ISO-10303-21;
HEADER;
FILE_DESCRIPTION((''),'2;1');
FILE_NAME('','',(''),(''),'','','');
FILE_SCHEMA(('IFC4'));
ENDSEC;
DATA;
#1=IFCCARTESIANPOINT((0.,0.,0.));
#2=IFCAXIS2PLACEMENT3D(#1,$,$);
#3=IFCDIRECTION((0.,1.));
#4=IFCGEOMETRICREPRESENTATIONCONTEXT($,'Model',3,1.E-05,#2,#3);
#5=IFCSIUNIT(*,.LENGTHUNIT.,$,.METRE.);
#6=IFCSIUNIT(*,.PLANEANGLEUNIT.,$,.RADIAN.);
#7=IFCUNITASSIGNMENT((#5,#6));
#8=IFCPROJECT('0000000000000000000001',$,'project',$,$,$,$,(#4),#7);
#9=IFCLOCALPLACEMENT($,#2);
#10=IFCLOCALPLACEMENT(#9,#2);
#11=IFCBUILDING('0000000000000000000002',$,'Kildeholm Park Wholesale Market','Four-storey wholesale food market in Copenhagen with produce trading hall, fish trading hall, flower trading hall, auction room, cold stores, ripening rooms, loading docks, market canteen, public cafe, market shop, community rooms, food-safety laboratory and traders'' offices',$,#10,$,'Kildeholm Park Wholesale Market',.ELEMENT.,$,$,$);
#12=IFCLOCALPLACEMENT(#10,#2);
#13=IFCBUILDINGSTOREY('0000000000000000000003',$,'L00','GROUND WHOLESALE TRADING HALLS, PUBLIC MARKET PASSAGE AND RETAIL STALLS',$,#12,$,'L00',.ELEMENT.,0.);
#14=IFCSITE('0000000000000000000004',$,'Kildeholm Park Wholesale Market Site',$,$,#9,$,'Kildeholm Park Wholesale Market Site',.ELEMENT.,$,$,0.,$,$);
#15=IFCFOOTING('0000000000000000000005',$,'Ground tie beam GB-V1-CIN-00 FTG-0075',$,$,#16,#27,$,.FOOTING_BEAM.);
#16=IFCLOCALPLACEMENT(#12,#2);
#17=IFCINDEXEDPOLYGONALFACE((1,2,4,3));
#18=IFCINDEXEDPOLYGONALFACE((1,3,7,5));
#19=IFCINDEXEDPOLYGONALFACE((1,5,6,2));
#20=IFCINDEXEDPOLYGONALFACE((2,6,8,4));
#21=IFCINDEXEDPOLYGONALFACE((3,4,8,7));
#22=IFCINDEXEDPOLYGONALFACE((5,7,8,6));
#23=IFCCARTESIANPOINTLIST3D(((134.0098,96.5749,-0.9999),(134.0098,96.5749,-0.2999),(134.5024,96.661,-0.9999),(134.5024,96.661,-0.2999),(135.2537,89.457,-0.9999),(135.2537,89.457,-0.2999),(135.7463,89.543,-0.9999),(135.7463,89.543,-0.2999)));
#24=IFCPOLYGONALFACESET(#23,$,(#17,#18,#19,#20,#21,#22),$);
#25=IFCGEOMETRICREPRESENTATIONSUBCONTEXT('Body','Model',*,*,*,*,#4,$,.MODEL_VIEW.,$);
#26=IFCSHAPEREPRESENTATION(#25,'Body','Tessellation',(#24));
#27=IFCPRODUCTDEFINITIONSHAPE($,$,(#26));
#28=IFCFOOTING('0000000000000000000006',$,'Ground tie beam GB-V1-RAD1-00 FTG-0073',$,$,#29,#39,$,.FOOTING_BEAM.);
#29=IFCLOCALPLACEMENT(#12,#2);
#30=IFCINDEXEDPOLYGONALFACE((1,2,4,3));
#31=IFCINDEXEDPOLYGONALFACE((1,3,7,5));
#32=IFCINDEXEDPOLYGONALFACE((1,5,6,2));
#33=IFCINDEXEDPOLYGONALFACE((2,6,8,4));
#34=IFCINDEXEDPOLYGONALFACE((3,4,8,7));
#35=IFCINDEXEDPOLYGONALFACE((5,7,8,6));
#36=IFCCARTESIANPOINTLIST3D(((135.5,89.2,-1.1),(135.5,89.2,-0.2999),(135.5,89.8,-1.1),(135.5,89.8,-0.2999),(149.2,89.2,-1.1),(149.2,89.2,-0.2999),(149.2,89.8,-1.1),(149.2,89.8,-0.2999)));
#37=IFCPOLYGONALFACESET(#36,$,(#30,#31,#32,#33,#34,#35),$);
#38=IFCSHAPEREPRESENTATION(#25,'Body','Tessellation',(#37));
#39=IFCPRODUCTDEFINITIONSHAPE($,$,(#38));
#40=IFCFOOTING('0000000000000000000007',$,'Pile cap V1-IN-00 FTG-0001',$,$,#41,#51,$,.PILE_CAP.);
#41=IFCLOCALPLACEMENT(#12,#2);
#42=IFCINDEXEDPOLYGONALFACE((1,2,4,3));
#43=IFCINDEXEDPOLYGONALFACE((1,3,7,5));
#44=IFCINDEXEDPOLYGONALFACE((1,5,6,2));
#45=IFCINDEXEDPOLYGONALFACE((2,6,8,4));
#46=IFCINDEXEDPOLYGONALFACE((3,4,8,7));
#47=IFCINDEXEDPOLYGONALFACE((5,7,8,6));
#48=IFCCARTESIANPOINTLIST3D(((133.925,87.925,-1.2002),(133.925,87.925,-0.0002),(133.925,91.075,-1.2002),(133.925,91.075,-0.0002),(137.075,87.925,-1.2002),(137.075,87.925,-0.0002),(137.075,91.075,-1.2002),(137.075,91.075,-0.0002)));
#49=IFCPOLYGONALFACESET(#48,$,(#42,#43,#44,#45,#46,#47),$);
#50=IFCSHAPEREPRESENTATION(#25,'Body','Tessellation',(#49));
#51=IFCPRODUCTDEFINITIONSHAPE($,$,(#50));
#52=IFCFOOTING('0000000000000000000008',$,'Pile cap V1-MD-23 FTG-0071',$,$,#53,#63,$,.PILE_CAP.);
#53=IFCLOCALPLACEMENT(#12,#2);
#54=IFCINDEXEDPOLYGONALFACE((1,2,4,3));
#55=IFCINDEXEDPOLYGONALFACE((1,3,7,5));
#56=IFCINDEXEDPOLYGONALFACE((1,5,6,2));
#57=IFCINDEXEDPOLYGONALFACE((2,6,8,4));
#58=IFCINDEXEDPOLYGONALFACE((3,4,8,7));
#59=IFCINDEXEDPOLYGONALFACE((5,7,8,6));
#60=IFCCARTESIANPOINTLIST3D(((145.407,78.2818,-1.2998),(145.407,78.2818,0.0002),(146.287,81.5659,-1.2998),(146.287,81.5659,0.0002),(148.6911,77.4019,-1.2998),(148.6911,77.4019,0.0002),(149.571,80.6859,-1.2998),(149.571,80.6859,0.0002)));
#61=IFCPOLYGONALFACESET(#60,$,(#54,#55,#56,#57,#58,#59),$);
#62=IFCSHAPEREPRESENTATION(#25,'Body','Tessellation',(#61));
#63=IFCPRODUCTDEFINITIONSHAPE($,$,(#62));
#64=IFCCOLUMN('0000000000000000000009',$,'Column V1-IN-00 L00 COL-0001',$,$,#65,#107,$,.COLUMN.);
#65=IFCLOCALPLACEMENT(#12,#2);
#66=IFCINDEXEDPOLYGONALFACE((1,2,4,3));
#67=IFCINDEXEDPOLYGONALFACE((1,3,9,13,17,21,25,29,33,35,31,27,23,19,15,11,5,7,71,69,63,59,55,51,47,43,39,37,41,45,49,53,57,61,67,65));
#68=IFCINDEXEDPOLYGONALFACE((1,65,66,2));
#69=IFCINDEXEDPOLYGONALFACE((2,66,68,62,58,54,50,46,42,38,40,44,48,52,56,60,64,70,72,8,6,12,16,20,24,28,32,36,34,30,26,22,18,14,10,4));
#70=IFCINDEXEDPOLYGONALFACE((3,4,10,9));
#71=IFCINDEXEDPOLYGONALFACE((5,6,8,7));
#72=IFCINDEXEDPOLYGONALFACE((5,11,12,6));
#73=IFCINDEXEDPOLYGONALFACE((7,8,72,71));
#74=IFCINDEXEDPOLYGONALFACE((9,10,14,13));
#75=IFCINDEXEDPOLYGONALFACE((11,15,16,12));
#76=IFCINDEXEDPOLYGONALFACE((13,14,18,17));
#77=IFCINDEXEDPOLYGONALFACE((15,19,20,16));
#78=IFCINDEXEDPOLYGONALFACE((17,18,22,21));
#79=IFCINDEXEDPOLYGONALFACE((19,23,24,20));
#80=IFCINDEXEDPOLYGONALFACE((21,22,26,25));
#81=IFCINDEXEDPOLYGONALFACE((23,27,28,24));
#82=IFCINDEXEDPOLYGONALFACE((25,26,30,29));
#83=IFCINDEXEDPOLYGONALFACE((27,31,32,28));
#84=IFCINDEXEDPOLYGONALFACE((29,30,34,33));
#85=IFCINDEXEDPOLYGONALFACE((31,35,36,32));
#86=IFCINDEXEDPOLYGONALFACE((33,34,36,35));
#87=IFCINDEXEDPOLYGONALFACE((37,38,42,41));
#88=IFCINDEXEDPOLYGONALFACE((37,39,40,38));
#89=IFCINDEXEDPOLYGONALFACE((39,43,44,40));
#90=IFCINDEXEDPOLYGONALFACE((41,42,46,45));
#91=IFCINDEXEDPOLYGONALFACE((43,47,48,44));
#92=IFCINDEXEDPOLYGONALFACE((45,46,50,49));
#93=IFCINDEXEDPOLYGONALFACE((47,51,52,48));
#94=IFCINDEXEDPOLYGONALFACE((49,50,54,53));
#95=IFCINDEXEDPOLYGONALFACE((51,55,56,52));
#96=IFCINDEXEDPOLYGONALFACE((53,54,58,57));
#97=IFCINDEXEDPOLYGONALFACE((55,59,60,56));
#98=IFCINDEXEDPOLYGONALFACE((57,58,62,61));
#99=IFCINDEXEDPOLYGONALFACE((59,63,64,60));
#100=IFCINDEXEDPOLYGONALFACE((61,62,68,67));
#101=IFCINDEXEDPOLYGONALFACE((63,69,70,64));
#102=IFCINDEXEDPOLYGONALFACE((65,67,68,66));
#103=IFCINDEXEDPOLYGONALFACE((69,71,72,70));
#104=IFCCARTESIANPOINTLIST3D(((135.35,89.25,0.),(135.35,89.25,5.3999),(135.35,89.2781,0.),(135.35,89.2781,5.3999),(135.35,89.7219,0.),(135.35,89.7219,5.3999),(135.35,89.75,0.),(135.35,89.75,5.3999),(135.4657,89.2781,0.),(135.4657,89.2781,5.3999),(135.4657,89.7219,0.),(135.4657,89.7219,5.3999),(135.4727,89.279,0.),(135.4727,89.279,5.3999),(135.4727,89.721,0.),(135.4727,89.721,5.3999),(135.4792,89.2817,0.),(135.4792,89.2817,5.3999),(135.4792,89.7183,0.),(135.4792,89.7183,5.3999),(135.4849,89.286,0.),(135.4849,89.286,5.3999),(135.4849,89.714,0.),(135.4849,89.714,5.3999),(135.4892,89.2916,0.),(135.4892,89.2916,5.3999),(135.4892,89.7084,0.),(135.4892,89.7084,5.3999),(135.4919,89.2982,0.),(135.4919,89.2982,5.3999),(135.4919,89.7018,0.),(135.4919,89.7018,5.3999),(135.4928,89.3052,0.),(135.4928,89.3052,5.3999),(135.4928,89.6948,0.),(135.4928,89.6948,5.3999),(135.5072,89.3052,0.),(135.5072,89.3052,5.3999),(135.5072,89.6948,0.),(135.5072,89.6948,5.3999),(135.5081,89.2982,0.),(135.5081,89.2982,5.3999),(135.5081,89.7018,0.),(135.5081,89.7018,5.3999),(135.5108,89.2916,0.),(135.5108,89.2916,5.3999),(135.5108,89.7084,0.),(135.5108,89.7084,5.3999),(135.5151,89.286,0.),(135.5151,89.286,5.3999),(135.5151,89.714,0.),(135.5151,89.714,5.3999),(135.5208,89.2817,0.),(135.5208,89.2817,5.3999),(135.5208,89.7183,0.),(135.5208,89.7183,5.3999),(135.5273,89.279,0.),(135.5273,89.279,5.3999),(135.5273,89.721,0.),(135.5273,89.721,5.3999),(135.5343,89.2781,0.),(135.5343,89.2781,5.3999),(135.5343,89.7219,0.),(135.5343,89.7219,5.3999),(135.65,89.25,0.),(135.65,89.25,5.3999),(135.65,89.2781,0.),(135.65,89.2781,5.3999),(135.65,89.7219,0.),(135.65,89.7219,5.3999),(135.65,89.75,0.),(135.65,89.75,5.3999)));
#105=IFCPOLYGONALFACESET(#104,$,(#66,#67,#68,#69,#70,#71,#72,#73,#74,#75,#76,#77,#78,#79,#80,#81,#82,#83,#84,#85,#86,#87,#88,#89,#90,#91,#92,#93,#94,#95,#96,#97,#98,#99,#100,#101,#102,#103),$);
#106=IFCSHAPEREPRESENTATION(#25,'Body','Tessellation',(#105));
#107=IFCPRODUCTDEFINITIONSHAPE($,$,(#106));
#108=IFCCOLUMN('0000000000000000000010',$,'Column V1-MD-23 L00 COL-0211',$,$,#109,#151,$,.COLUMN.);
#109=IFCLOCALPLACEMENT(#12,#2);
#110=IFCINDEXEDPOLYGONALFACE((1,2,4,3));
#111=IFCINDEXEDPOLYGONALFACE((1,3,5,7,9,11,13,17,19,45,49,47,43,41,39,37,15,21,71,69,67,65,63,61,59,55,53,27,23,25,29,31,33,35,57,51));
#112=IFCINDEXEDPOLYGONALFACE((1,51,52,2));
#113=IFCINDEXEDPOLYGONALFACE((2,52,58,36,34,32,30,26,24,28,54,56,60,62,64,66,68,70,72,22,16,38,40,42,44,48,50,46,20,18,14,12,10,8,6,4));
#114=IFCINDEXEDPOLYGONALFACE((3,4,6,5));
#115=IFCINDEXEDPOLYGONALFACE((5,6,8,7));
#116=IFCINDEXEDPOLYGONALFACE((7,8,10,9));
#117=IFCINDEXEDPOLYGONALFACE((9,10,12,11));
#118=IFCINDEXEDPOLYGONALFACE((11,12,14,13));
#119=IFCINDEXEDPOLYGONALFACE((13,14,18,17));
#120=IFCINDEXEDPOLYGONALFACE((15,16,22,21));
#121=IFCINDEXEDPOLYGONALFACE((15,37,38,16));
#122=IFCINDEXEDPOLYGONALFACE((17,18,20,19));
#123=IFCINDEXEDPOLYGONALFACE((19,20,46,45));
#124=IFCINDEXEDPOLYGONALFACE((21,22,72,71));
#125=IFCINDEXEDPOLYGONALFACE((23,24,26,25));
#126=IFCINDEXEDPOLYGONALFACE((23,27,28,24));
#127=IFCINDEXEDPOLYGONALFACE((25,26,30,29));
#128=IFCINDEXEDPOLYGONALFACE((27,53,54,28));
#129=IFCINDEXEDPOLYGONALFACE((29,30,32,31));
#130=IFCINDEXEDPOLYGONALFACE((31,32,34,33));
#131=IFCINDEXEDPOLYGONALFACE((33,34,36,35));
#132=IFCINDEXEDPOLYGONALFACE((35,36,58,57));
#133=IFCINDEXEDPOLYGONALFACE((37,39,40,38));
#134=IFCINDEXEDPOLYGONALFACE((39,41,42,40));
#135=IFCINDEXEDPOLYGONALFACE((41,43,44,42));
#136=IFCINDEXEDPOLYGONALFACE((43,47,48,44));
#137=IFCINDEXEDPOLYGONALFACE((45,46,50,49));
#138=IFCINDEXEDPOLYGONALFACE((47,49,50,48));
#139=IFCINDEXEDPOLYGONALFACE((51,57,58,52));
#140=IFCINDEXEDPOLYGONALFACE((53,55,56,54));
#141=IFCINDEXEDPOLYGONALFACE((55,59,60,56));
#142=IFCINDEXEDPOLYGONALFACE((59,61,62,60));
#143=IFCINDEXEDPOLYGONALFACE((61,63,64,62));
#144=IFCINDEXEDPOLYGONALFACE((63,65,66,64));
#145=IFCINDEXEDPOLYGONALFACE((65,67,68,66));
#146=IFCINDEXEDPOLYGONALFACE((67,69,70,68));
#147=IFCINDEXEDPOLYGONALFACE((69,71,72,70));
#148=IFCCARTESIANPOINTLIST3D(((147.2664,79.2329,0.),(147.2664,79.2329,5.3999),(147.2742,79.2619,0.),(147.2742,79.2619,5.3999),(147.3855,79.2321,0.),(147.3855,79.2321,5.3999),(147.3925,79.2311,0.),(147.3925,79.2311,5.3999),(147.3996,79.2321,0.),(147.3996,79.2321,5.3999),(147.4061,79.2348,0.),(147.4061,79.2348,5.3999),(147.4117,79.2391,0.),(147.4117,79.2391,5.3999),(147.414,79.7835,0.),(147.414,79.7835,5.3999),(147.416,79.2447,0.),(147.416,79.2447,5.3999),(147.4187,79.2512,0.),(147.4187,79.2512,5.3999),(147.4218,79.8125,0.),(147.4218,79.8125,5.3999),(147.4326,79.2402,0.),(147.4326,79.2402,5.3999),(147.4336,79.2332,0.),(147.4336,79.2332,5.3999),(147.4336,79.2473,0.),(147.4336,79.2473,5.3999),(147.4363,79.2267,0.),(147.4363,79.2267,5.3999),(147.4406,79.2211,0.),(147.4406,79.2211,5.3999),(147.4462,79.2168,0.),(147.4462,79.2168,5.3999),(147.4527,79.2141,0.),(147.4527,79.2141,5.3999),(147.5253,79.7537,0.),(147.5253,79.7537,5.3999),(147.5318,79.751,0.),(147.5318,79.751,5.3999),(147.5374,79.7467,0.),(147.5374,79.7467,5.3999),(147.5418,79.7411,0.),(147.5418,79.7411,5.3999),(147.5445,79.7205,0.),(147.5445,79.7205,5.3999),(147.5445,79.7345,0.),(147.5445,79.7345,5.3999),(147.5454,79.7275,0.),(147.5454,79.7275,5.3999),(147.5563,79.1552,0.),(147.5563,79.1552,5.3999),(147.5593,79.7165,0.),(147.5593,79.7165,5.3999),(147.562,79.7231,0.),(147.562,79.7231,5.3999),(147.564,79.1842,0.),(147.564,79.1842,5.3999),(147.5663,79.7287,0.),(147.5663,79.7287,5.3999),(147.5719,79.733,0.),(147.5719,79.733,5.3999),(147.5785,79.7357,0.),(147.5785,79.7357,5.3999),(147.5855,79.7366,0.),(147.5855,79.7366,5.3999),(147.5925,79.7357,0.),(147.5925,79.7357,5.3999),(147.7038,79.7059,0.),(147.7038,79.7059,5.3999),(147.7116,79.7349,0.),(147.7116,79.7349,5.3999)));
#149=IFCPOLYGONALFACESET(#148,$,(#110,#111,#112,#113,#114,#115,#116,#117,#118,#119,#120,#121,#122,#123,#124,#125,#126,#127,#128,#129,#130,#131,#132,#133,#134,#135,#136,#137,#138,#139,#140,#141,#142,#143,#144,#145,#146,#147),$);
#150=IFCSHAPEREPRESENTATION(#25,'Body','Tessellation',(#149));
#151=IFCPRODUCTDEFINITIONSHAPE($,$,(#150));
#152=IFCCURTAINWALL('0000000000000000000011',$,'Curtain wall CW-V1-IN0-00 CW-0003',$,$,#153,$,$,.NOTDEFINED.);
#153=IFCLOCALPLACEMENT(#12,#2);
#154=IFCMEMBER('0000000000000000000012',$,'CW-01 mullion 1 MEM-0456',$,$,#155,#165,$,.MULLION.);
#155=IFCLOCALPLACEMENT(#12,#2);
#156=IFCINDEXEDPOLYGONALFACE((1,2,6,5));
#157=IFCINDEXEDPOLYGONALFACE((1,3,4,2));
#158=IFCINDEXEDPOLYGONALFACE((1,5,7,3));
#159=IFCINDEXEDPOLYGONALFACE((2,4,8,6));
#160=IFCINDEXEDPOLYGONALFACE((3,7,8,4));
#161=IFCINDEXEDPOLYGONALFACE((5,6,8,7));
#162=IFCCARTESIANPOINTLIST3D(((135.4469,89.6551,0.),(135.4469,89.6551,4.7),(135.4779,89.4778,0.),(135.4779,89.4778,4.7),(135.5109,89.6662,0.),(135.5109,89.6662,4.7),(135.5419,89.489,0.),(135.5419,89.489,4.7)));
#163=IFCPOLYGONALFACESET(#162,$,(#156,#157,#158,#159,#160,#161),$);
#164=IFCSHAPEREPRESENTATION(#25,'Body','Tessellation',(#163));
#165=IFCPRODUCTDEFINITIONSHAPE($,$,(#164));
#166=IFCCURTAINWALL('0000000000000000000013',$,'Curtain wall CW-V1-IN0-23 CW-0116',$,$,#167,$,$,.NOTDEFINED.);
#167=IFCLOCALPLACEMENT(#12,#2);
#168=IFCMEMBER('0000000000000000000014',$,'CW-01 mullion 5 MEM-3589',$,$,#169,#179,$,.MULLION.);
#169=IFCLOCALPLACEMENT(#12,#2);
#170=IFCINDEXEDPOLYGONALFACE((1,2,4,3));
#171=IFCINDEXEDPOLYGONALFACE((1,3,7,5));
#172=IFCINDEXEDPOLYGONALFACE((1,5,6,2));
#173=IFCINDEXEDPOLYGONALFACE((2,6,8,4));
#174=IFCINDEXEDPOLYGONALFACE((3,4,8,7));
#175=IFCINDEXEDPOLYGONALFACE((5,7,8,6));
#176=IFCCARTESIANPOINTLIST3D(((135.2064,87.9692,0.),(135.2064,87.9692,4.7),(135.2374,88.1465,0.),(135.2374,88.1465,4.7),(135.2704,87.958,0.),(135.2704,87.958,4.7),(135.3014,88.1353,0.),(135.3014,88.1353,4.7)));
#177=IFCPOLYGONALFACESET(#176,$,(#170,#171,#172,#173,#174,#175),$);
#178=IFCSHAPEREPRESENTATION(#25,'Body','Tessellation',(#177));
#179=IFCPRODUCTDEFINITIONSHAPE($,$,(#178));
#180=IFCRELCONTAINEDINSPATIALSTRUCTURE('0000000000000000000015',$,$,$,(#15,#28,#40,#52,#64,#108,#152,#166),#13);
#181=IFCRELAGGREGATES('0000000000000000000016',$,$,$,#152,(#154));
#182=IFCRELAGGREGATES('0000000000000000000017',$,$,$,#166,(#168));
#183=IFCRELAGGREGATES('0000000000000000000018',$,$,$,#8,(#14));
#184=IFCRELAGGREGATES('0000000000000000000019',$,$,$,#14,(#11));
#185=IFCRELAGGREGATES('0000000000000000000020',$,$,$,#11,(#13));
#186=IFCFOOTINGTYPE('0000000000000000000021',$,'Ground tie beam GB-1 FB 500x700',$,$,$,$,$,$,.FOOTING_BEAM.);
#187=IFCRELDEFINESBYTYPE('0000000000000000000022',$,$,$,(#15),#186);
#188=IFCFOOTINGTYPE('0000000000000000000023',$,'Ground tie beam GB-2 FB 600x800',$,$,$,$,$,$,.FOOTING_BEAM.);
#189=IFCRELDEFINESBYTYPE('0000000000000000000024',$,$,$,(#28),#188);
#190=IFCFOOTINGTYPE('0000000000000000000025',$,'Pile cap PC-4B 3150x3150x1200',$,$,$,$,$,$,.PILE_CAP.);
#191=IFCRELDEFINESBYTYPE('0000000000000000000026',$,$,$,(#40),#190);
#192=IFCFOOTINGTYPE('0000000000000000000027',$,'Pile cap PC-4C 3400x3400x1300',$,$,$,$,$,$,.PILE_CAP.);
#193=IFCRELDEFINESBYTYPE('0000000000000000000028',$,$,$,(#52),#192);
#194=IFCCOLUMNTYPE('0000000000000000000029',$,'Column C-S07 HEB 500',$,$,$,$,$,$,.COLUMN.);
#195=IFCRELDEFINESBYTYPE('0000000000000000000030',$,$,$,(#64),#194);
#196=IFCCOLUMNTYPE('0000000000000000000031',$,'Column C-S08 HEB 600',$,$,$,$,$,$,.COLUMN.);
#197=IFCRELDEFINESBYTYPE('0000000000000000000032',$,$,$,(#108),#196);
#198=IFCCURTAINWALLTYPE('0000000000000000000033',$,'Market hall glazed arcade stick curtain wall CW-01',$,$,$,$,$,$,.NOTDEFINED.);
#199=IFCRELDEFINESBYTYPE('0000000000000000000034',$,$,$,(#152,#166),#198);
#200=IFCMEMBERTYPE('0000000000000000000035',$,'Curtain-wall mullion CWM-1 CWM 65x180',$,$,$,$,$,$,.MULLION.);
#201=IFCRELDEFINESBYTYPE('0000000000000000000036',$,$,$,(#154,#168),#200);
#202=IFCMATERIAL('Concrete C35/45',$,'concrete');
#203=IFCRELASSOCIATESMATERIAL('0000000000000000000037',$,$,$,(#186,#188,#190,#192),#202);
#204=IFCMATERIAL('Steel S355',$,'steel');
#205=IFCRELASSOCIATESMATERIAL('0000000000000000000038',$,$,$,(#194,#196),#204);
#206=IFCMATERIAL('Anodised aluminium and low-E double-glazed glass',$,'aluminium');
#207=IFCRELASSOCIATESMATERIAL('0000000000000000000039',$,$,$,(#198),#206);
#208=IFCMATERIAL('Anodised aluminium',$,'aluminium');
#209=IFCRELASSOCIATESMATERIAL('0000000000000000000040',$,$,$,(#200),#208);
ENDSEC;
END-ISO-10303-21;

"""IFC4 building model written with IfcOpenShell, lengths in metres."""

from ifc_helpers import new_model, si_unit, direction, frame, origin, origin_2d, place, context, subcontext, project, spatial, rectangle, i_section, extrude, material, material_profile, profile_set, type_object, element, aggregate, save


model = new_model("IFC4")

# Units and contexts
model_context = context("Model", 3, precision=1e-05, world=origin(), true_north=direction((0.0, 1.0)))
body_context = subcontext(model_context, "Body", "Model", "MODEL_VIEW")
ifc_project = project(units=[si_unit("LENGTHUNIT", "METRE"), si_unit("PLANEANGLEUNIT", "RADIAN")], contexts=[model_context])

# Site, building, storey
site_placement = place(None, origin())
site = spatial("IfcSite", under=ifc_project, at=site_placement, Name="Kildeholm Park Wholesale Market Site", LongName="Kildeholm Park Wholesale Market Site", CompositionType="ELEMENT", RefElevation=0.0)
building_placement = place(site_placement, origin())
building = spatial("IfcBuilding", under=site, at=building_placement, Name="Kildeholm Park Wholesale Market", Description="Four-storey wholesale food market in Copenhagen with produce trading hall, fish trading hall, flower trading hall, auction room, cold stores, ripening rooms, loading docks, market canteen, public cafe, market shop, community rooms, food-safety laboratory and traders' offices", LongName="Kildeholm Park Wholesale Market", CompositionType="ELEMENT")
storey_placement = place(building_placement, origin())
storey = spatial("IfcBuildingStorey", under=building, at=storey_placement, Name="L00", Description="GROUND WHOLESALE TRADING HALLS, PUBLIC MARKET PASSAGE AND RETAIL STALLS", LongName="L00", CompositionType="ELEMENT", Elevation=0.0)

# Shared definitions
ifc_material_1 = material(Name="Concrete C35/45", Category="concrete")

# Footings
ifc_material_profile_1 = material_profile(ifc_material_1, rectangle(XDim=0.5, YDim=0.7, at=origin_2d()), Name="FB 500x700")
ifc_profile_set_1 = profile_set([ifc_material_profile_1], Name="Concrete C35/45")
footing_type_1 = type_object("IfcFootingType", Name="Ground tie beam GB-1 FB 500x700", PredefinedType="FOOTING_BEAM", material=ifc_profile_set_1)
footing_1_placement = place(storey_placement, frame((135.5, 89.5, -0.6499), z_axis=(-0.172147, 0.985071, 0.0), x_axis=(-0.985071, -0.172147, 0.0)))
element("IfcFooting", 1, at=footing_1_placement, inside=storey, type_object=footing_type_1, Name="Ground tie beam GB-V1-CIN-00 FTG-0075", PredefinedType="FOOTING_BEAM", context=body_context, shape_type="SweptSolid", body=[
    extrude(rectangle(XDim=0.5, YDim=0.7, at=origin_2d()), origin(), (0.0, 0.0, 1.0), 7.2258),
])
ifc_material_profile_2 = material_profile(ifc_material_1, rectangle(XDim=0.6001, YDim=0.8, at=origin_2d()), Name="FB 600x800")
ifc_profile_set_2 = profile_set([ifc_material_profile_2], Name="Concrete C35/45")
footing_type_2 = type_object("IfcFootingType", Name="Ground tie beam GB-2 FB 600x800", PredefinedType="FOOTING_BEAM", material=ifc_profile_set_2)
footing_2_placement = place(storey_placement, frame((135.5, 89.5, -0.7), z_axis=(1.0, 0.0, 0.0), x_axis=(0.0, 1.0, 0.0)))
element("IfcFooting", 2, at=footing_2_placement, inside=storey, type_object=footing_type_2, Name="Ground tie beam GB-V1-RAD1-00 FTG-0073", PredefinedType="FOOTING_BEAM", context=body_context, shape_type="SweptSolid", body=[
    extrude(rectangle(XDim=0.6001, YDim=0.8, at=origin_2d()), origin(), (0.0, 0.0, 1.0), 13.7),
])
footing_type_3 = type_object("IfcFootingType", Name="Pile cap PC-4B 3150x3150x1200", PredefinedType="PILE_CAP", material=ifc_material_1)
footing_3_placement = place(storey_placement, frame((135.5, 89.5, -1.2002), z_axis=(0.0, 0.0, 1.0), x_axis=(1.0, 0.0, 0.0)))
element("IfcFooting", 3, at=footing_3_placement, inside=storey, type_object=footing_type_3, Name="Pile cap V1-IN-00 FTG-0001", PredefinedType="PILE_CAP", context=body_context, shape_type="SweptSolid", body=[
    extrude(rectangle(XDim=3.1499, YDim=3.1499, at=origin_2d()), origin(), (0.0, 0.0, 1.0), 1.2),
])
footing_type_4 = type_object("IfcFootingType", Name="Pile cap PC-4C 3400x3400x1300", PredefinedType="PILE_CAP", material=ifc_material_1)
footing_4_placement = place(storey_placement, frame((147.489, 79.4839, -1.2998), z_axis=(0.0, 0.0, 1.0), x_axis=(0.965926, -0.258819, 0.0)))
element("IfcFooting", 4, at=footing_4_placement, inside=storey, type_object=footing_type_4, Name="Pile cap V1-MD-23 FTG-0071", PredefinedType="PILE_CAP", context=body_context, shape_type="SweptSolid", body=[
    extrude(rectangle(XDim=3.3999, YDim=3.3999, at=origin_2d()), origin(), (0.0, 0.0, 1.0), 1.3),
])

# Columns
ifc_material_2 = material(Name="Steel S355", Category="steel")
ifc_material_profile_3 = material_profile(ifc_material_2, i_section(OverallWidth=0.3, OverallDepth=0.5, WebThickness=0.0144, FlangeThickness=0.0281, FilletRadius=0.0271, at=origin_2d()), Name="HEB 500")
ifc_profile_set_3 = profile_set([ifc_material_profile_3], Name="Steel S355")
column_type_1 = type_object("IfcColumnType", Name="Column C-S07 HEB 500", PredefinedType="COLUMN", material=ifc_profile_set_3)
column_1_placement = place(storey_placement, frame((135.5, 89.5, 0.0), z_axis=(0.0, 0.0, 1.0), x_axis=(1.0, 0.0, 0.0)))
element("IfcColumn", 5, at=column_1_placement, inside=storey, type_object=column_type_1, Name="Column V1-IN-00 L00 COL-0001", PredefinedType="COLUMN", context=body_context, shape_type="SweptSolid", body=[
    extrude(i_section(OverallWidth=0.3, OverallDepth=0.5, WebThickness=0.0144, FlangeThickness=0.0281, FilletRadius=0.0271, at=origin_2d()), origin(), (0.0, 0.0, 1.0), 5.3999),
])
ifc_material_profile_4 = material_profile(ifc_material_2, i_section(OverallWidth=0.3, OverallDepth=0.6001, WebThickness=0.0154, FlangeThickness=0.03, FilletRadius=0.0271, at=origin_2d()), Name="HEB 600")
ifc_profile_set_4 = profile_set([ifc_material_profile_4], Name="Steel S355")
column_type_2 = type_object("IfcColumnType", Name="Column C-S08 HEB 600", PredefinedType="COLUMN", material=ifc_profile_set_4)
column_2_placement = place(storey_placement, frame((147.489, 79.4839, 0.0), z_axis=(0.0, 0.0, 1.0), x_axis=(0.965926, -0.258819, 0.0)))
element("IfcColumn", 6, at=column_2_placement, inside=storey, type_object=column_type_2, Name="Column V1-MD-23 L00 COL-0211", PredefinedType="COLUMN", context=body_context, shape_type="SweptSolid", body=[
    extrude(i_section(OverallWidth=0.3, OverallDepth=0.6001, WebThickness=0.0154, FlangeThickness=0.03, FilletRadius=0.0271, at=origin_2d()), origin(), (0.0, 0.0, 1.0), 5.3999),
])

# Curtain wall, member
ifc_material_3 = material(Name="Anodised aluminium and low-E double-glazed glass", Category="aluminium")
curtain_wall_type = type_object("IfcCurtainWallType", Name="Market hall glazed arcade stick curtain wall CW-01", PredefinedType="NOTDEFINED", material=ifc_material_3)
curtain_wall_1_placement = place(storey_placement, origin())
curtain_wall_1 = element("IfcCurtainWall", 7, at=curtain_wall_1_placement, inside=storey, type_object=curtain_wall_type, Name="Curtain wall CW-V1-IN0-00 CW-0003", PredefinedType="NOTDEFINED")
ifc_material_4 = material(Name="Anodised aluminium", Category="aluminium")
ifc_material_profile_5 = material_profile(ifc_material_4, rectangle(XDim=0.0649, YDim=0.1799, at=origin_2d()), Name="CWM 65x180")
ifc_profile_set_5 = profile_set([ifc_material_profile_5], Name="Anodised aluminium")
member_type_1 = type_object("IfcMemberType", Name="Curtain-wall mullion CWM-1 CWM 65x180", PredefinedType="MULLION", material=ifc_profile_set_5)
member_1_placement = place(storey_placement, frame((135.4944, 89.572, 0.0), z_axis=(0.0, 0.0, 1.0), x_axis=(-0.985074, -0.172133, 0.0)))
member_1 = element("IfcMember", 8, at=member_1_placement, type_object=member_type_1, Name="CW-01 mullion 1 MEM-0456", PredefinedType="MULLION", context=body_context, shape_type="SweptSolid", body=[
    extrude(rectangle(XDim=0.0649, YDim=0.1799, at=origin_2d()), origin(), (0.0, 0.0, 1.0), 4.7),
])

# Curtain wall, member
curtain_wall_2_placement = place(storey_placement, origin())
curtain_wall_2 = element("IfcCurtainWall", 9, at=curtain_wall_2_placement, inside=storey, type_object=curtain_wall_type, Name="Curtain wall CW-V1-IN0-23 CW-0116", PredefinedType="NOTDEFINED")
member_2_placement = place(storey_placement, frame((135.2539, 88.0522, 0.0), z_axis=(0.0, 0.0, 1.0), x_axis=(-0.985074, 0.172133, 0.0)))
member_2 = element("IfcMember", 10, at=member_2_placement, type_object=member_type_1, Name="CW-01 mullion 5 MEM-3589", PredefinedType="MULLION", context=body_context, shape_type="SweptSolid", body=[
    extrude(rectangle(XDim=0.0649, YDim=0.1799, at=origin_2d()), origin(), (0.0, 0.0, 1.0), 4.7),
])

aggregate(curtain_wall_1, [member_1])
aggregate(curtain_wall_2, [member_2])

save(model, "model.ifc")
